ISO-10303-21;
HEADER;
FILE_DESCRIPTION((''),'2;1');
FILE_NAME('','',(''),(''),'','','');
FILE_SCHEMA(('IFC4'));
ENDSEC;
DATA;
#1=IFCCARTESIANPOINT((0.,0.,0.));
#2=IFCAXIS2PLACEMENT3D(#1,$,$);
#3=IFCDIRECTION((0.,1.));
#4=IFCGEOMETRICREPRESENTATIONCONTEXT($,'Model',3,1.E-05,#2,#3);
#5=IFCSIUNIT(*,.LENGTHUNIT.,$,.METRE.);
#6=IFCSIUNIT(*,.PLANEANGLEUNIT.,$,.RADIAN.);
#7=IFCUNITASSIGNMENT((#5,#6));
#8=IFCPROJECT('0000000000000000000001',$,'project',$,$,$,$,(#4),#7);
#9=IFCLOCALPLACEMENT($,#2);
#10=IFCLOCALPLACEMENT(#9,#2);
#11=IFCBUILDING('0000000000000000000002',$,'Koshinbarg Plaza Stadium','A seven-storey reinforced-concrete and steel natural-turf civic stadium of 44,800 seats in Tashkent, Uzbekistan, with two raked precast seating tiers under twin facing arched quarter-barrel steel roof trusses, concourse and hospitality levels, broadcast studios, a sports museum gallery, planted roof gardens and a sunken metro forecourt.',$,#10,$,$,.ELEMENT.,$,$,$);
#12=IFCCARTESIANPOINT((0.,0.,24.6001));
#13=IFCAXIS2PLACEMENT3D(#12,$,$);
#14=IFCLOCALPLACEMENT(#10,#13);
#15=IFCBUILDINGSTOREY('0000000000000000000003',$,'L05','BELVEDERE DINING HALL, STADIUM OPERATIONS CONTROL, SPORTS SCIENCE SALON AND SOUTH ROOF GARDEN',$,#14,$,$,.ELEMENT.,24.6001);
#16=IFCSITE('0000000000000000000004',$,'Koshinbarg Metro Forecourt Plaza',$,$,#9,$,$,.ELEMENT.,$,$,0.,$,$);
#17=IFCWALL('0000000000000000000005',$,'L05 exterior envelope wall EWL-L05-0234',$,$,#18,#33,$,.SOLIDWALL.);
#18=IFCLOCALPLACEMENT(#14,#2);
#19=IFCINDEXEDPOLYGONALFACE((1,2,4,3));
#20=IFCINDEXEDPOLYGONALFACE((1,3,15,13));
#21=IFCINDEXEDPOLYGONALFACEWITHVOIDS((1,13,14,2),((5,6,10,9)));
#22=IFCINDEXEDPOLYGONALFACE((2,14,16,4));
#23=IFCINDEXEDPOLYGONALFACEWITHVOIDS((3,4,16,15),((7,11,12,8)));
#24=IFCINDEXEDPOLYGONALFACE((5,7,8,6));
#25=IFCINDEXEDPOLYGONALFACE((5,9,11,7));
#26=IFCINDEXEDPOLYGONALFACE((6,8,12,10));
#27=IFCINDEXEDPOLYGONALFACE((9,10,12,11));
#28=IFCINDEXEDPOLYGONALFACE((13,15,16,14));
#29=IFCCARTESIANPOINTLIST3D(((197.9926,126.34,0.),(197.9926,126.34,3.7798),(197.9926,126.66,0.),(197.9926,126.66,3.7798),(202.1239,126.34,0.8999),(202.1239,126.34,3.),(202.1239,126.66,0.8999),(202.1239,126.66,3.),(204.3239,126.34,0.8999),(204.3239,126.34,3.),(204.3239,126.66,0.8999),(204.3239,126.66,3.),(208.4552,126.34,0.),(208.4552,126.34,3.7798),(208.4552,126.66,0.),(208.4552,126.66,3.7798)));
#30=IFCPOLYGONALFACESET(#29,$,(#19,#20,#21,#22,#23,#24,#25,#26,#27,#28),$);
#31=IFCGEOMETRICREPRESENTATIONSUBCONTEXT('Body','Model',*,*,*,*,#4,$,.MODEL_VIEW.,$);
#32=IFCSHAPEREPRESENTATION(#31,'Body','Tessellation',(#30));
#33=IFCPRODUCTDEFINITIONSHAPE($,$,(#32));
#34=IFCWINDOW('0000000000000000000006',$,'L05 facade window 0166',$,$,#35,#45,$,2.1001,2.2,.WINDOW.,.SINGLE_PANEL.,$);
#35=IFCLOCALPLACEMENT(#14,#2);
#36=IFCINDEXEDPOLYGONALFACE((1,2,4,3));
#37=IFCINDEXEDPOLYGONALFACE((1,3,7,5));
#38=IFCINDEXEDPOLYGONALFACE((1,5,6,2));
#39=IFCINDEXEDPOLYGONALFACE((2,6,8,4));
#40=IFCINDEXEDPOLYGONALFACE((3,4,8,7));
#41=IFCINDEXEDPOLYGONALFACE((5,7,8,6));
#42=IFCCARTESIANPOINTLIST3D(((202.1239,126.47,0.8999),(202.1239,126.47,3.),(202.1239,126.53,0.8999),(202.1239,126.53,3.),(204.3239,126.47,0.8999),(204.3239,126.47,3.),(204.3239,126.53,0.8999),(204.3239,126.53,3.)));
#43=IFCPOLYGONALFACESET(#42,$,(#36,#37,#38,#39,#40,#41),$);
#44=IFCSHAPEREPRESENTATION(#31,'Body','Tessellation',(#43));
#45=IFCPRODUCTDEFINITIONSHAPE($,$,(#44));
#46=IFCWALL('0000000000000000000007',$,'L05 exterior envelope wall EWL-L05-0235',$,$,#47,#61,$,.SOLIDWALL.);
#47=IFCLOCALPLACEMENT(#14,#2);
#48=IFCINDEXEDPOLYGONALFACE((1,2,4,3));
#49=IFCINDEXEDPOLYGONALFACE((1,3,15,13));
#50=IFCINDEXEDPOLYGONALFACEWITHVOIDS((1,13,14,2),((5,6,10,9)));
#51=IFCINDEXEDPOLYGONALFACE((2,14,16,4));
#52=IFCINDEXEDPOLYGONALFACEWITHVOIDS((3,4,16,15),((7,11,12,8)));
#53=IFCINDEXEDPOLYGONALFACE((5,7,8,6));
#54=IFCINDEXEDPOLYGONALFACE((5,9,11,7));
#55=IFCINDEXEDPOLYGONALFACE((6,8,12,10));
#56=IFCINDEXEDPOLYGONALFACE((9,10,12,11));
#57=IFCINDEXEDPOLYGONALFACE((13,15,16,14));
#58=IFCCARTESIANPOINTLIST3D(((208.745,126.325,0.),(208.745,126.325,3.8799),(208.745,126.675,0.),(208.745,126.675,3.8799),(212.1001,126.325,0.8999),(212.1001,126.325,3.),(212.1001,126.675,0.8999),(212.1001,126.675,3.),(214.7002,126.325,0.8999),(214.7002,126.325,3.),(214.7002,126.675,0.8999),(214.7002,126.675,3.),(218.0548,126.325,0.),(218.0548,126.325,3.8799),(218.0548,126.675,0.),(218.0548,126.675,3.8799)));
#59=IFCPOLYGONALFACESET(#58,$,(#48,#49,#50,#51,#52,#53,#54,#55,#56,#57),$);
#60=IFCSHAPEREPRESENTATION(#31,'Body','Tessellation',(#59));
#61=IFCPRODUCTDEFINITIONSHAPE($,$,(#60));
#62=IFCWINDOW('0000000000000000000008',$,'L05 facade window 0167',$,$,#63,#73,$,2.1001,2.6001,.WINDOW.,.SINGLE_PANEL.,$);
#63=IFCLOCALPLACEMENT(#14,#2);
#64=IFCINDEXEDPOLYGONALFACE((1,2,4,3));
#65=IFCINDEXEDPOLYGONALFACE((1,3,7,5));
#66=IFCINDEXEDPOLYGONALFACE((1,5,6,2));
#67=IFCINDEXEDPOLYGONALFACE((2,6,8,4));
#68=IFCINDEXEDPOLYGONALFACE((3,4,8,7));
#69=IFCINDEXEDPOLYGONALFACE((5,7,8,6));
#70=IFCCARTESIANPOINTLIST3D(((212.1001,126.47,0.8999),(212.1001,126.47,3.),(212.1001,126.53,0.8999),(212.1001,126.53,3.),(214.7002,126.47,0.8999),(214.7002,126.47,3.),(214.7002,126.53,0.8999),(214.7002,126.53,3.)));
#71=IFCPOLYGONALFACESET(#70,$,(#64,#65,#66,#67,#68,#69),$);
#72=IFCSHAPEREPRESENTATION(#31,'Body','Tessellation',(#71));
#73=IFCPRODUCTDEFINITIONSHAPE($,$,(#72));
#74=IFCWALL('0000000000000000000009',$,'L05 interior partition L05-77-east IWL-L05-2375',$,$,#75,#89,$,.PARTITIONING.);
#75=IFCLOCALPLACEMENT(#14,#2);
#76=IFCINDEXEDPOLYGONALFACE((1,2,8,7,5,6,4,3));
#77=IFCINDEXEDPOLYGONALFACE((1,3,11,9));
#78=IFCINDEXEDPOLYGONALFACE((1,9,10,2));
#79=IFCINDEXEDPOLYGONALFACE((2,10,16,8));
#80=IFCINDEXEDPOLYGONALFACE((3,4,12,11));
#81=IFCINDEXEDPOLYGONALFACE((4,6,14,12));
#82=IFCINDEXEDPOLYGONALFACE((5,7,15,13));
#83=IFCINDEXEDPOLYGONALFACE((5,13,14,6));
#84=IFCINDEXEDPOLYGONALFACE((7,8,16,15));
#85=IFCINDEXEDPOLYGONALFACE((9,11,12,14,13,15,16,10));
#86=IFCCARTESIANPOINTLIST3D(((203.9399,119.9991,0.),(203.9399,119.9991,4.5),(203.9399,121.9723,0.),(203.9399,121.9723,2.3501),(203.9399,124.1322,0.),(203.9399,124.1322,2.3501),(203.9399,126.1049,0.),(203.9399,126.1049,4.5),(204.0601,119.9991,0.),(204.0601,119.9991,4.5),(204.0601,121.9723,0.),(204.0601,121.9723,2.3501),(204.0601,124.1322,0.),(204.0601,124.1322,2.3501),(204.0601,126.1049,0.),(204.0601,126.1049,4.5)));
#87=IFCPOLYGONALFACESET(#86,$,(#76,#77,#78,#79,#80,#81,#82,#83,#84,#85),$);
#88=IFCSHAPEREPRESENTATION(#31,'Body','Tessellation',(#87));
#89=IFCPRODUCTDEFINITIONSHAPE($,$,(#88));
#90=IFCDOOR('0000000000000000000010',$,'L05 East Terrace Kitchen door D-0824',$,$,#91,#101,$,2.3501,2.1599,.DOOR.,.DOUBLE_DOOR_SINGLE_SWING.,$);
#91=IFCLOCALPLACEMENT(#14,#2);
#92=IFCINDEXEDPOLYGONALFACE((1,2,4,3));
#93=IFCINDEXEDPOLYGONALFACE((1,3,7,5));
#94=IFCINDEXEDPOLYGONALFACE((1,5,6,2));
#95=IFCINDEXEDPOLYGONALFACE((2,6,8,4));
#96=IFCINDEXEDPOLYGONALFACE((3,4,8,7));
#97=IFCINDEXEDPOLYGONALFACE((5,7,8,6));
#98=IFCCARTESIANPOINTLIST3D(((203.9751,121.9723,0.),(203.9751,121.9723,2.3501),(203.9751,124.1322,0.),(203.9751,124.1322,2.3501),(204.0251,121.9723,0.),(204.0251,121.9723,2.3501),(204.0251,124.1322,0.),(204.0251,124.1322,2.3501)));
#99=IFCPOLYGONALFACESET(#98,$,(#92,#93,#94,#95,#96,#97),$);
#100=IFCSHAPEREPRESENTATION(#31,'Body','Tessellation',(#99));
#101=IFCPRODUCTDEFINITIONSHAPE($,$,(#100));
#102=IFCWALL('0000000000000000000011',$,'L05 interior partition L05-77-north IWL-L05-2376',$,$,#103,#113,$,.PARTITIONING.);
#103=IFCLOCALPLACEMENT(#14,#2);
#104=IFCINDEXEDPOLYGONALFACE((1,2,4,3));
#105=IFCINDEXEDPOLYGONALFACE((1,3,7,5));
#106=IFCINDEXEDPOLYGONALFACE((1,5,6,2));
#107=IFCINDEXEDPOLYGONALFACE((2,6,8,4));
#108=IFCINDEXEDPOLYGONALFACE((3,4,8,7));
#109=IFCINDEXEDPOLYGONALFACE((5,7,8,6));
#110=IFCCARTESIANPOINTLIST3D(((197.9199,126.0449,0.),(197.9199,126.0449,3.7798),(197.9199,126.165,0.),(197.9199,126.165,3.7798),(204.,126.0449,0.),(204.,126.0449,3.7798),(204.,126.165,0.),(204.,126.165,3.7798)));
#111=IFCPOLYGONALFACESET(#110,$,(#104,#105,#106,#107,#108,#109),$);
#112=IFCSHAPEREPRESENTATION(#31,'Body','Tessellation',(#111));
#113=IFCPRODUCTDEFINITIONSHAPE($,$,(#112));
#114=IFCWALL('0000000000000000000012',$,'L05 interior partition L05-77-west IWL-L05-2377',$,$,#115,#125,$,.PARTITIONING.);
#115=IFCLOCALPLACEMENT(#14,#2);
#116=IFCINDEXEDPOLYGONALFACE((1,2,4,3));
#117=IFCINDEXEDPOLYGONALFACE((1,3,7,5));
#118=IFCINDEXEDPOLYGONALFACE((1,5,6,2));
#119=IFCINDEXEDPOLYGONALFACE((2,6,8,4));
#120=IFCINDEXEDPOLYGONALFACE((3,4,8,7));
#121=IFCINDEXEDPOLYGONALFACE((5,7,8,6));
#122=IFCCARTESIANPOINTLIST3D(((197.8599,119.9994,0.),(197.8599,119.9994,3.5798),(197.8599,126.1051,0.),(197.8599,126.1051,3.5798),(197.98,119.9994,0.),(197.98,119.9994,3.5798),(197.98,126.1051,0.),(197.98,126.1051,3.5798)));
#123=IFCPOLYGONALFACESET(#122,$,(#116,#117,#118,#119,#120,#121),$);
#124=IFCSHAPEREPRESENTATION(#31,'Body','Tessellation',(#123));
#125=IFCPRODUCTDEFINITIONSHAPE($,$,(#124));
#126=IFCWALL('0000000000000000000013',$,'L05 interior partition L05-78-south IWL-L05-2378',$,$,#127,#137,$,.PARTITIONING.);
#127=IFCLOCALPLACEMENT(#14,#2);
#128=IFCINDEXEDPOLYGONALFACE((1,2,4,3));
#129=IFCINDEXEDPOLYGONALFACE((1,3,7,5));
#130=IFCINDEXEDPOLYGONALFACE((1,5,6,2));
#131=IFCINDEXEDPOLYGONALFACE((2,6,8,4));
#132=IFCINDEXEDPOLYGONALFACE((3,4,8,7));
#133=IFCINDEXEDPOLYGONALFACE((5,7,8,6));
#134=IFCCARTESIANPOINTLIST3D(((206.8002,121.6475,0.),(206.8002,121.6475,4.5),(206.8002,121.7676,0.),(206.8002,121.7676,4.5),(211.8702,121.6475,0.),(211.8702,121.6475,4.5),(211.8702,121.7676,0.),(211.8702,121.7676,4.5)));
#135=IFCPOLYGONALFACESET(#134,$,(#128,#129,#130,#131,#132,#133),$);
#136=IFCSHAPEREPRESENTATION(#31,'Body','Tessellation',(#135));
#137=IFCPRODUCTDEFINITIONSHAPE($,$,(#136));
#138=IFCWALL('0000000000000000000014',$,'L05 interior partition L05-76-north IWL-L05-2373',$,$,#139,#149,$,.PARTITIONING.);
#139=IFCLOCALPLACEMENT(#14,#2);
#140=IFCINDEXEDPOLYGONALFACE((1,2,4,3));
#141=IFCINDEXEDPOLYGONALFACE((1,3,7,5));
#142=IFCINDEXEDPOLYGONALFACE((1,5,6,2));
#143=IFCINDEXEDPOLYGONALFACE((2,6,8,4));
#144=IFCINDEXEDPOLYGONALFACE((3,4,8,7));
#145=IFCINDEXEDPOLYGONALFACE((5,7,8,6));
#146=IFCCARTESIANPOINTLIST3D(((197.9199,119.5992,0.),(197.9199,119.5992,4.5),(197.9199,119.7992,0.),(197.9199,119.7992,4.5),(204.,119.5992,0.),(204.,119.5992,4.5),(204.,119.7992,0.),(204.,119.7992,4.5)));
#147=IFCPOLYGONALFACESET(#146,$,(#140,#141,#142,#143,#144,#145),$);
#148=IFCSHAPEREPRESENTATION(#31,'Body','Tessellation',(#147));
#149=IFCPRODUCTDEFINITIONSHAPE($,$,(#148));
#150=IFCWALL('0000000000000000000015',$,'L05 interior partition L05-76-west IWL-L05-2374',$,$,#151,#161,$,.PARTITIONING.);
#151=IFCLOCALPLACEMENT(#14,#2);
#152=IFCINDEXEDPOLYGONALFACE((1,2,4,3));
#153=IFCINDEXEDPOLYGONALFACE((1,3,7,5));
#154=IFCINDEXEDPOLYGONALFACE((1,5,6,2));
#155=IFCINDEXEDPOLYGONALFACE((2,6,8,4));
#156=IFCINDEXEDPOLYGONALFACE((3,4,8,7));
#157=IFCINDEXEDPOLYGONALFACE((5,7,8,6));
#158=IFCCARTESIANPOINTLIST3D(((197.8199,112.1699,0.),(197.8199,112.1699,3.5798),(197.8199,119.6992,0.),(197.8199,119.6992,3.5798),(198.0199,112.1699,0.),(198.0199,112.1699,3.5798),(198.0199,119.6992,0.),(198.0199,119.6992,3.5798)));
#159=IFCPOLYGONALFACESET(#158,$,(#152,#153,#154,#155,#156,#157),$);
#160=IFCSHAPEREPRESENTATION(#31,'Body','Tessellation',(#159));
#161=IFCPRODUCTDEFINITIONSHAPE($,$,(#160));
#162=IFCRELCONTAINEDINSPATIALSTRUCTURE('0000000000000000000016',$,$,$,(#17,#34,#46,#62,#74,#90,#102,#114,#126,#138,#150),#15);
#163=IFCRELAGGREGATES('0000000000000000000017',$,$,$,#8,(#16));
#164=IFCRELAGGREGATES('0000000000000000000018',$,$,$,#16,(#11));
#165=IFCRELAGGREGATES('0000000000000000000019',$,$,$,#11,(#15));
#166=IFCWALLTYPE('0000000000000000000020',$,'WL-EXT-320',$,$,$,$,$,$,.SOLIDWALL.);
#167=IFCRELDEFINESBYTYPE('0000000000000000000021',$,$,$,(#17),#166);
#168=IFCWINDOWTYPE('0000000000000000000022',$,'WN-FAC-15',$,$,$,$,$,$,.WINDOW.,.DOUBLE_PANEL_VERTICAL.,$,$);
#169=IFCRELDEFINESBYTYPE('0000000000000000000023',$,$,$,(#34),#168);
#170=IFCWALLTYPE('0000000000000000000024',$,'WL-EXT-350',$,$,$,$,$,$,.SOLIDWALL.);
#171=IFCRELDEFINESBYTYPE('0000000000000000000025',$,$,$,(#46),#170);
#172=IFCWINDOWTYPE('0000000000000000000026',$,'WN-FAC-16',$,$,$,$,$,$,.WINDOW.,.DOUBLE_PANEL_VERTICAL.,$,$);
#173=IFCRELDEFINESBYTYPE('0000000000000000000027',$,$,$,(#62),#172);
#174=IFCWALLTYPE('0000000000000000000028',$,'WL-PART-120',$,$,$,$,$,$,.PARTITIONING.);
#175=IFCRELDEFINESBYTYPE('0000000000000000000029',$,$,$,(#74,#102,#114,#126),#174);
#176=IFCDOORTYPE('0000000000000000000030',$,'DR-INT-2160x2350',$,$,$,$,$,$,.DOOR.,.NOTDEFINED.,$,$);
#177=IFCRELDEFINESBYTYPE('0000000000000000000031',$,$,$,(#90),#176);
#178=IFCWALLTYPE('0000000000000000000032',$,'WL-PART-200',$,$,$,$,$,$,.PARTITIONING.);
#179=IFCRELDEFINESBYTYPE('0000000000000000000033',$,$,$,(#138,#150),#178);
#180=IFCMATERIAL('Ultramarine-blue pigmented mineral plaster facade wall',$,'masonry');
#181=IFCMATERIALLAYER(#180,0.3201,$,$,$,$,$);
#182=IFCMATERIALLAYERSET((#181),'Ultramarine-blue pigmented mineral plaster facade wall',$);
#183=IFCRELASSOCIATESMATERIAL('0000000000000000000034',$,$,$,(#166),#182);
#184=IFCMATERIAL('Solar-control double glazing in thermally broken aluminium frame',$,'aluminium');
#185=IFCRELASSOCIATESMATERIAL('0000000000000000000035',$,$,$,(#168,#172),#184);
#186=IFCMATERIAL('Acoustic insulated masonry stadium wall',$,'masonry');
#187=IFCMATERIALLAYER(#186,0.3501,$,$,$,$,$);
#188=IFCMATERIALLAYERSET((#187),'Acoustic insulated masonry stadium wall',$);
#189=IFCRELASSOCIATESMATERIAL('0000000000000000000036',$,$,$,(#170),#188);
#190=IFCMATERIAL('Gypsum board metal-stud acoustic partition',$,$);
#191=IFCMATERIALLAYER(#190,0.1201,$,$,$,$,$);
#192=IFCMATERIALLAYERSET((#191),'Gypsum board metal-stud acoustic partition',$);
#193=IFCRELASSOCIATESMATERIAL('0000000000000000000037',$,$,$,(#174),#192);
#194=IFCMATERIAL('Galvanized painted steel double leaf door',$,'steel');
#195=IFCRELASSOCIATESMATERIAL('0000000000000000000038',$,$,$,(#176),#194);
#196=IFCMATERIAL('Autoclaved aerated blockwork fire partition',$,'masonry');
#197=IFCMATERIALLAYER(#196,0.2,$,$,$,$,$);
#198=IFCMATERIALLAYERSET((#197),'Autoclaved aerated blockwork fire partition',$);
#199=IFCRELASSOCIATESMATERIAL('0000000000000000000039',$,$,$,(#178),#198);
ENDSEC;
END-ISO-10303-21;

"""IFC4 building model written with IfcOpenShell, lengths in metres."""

from ifc_helpers import new_model, si_unit, direction, frame, frame_2d, origin, place, context, subcontext, project, spatial, rectangle, extrude, material, layer, layer_set, type_object, element, fill, save


model = new_model("IFC4")

# Units and contexts
model_context = context("Model", 3, precision=1e-05, world=origin(), true_north=direction((0.0, 1.0)))
body_context = subcontext(model_context, "Body", "Model", "MODEL_VIEW")
ifc_project = project(units=[si_unit("LENGTHUNIT", "METRE"), si_unit("PLANEANGLEUNIT", "RADIAN")], contexts=[model_context])

# Site, building, storey
site_placement = place(None, origin())
site = spatial("IfcSite", under=ifc_project, at=site_placement, Name="Koshinbarg Metro Forecourt Plaza", CompositionType="ELEMENT", RefElevation=0.0)
building_placement = place(site_placement, origin())
building = spatial("IfcBuilding", under=site, at=building_placement, Name="Koshinbarg Plaza Stadium", Description="A seven-storey reinforced-concrete and steel natural-turf civic stadium of 44,800 seats in Tashkent, Uzbekistan, with two raked precast seating tiers under twin facing arched quarter-barrel steel roof trusses, concourse and hospitality levels, broadcast studios, a sports museum gallery, planted roof gardens and a sunken metro forecourt.", CompositionType="ELEMENT")
storey_placement = place(building_placement, frame((0.0, 0.0, 24.6001)))
storey = spatial("IfcBuildingStorey", under=building, at=storey_placement, Name="L05", Description="BELVEDERE DINING HALL, STADIUM OPERATIONS CONTROL, SPORTS SCIENCE SALON AND SOUTH ROOF GARDEN", CompositionType="ELEMENT", Elevation=24.6001)

# Walls, openings, windows
ifc_material_1 = material(Name="Ultramarine-blue pigmented mineral plaster facade wall", Category="masonry")
ifc_layer_1 = layer(ifc_material_1, 0.3201)
ifc_layer_set_1 = layer_set([ifc_layer_1], Name="Ultramarine-blue pigmented mineral plaster facade wall")
wall_type_1 = type_object("IfcWallType", Name="WL-EXT-320", PredefinedType="SOLIDWALL", material=ifc_layer_set_1)
wall_1_placement = place(storey_placement, frame((197.9924, 126.5, 0.0), z_axis=(0.0, 0.0, 1.0), x_axis=(1.0, 0.0, 0.0)))
wall_1 = element("IfcWall", 1, at=wall_1_placement, inside=storey, type_object=wall_type_1, Name="L05 exterior envelope wall EWL-L05-0234", PredefinedType="SOLIDWALL", context=body_context, shape_type="SweptSolid", body=[
    extrude(rectangle(XDim=10.4626, YDim=0.3201, at=frame_2d((5.2314, 0.0))), origin(), (0.0, 0.0, 1.0), 3.7798),
])
opening_1_placement = place(wall_1_placement, frame((4.1313, 0.0, 0.8999)))
opening_1 = element("IfcOpeningElement", 2, at=opening_1_placement, cuts=wall_1, PredefinedType="OPENING", context=body_context, shape_type="SweptSolid", body=[
    extrude(rectangle(XDim=2.2, YDim=2.1001, at=frame_2d((1.1001, 1.05))), frame((0.0, 0.1699, 0.0), z_axis=(0.0, -1.0, 0.0), x_axis=(1.0, 0.0, 0.0)), (0.0, 0.0, 1.0), 0.3401),
])
ifc_material_2 = material(Name="Solar-control double glazing in thermally broken aluminium frame", Category="aluminium")
window_type_1 = type_object("IfcWindowType", Name="WN-FAC-15", PartitioningType="DOUBLE_PANEL_VERTICAL", PredefinedType="WINDOW", material=ifc_material_2)
window_1_placement = place(opening_1_placement, origin())
window_1 = element("IfcWindow", 3, at=window_1_placement, inside=storey, type_object=window_type_1, Name="L05 facade window 0166", OverallHeight=2.1001, OverallWidth=2.2, PartitioningType="SINGLE_PANEL", PredefinedType="WINDOW", context=body_context, shape_type="SweptSolid", body=[
    extrude(rectangle(XDim=2.2, YDim=2.1001, at=frame_2d((1.1001, 1.05))), frame((0.0, 0.03, 0.0), z_axis=(0.0, -1.0, 0.0), x_axis=(1.0, 0.0, 0.0)), (0.0, 0.0, 1.0), 0.0601),
])
fill(opening_1, window_1)
ifc_material_3 = material(Name="Acoustic insulated masonry stadium wall", Category="masonry")
ifc_layer_2 = layer(ifc_material_3, 0.3501)
ifc_layer_set_2 = layer_set([ifc_layer_2], Name="Acoustic insulated masonry stadium wall")
wall_type_2 = type_object("IfcWallType", Name="WL-EXT-350", PredefinedType="SOLIDWALL", material=ifc_layer_set_2)
wall_2_placement = place(storey_placement, frame((208.7451, 126.5, 0.0), z_axis=(0.0, 0.0, 1.0), x_axis=(1.0, 0.0, 0.0)))
wall_2 = element("IfcWall", 4, at=wall_2_placement, inside=storey, type_object=wall_type_2, Name="L05 exterior envelope wall EWL-L05-0235", PredefinedType="SOLIDWALL", context=body_context, shape_type="SweptSolid", body=[
    extrude(rectangle(XDim=9.3098, YDim=0.3501, at=frame_2d((4.6548, 0.0))), origin(), (0.0, 0.0, 1.0), 3.8799),
])
opening_2_placement = place(wall_2_placement, frame((3.355, 0.0, 0.8999)))
opening_2 = element("IfcOpeningElement", 5, at=opening_2_placement, cuts=wall_2, PredefinedType="OPENING", context=body_context, shape_type="SweptSolid", body=[
    extrude(rectangle(XDim=2.6001, YDim=2.1001, at=frame_2d((1.3, 1.05))), frame((0.0, 0.1851, 0.0), z_axis=(0.0, -1.0, 0.0), x_axis=(1.0, 0.0, 0.0)), (0.0, 0.0, 1.0), 0.3701),
])
window_type_2 = type_object("IfcWindowType", Name="WN-FAC-16", PartitioningType="DOUBLE_PANEL_VERTICAL", PredefinedType="WINDOW", material=ifc_material_2)
window_2_placement = place(opening_2_placement, origin())
window_2 = element("IfcWindow", 6, at=window_2_placement, inside=storey, type_object=window_type_2, Name="L05 facade window 0167", OverallHeight=2.1001, OverallWidth=2.6001, PartitioningType="SINGLE_PANEL", PredefinedType="WINDOW", context=body_context, shape_type="SweptSolid", body=[
    extrude(rectangle(XDim=2.6001, YDim=2.1001, at=frame_2d((1.3, 1.05))), frame((0.0, 0.03, 0.0), z_axis=(0.0, -1.0, 0.0), x_axis=(1.0, 0.0, 0.0)), (0.0, 0.0, 1.0), 0.0601),
])
fill(opening_2, window_2)

# Wall, opening, door
ifc_material_4 = material(Name="Gypsum board metal-stud acoustic partition")
ifc_layer_3 = layer(ifc_material_4, 0.1201)
ifc_layer_set_3 = layer_set([ifc_layer_3], Name="Gypsum board metal-stud acoustic partition")
wall_type_3 = type_object("IfcWallType", Name="WL-PART-120", PredefinedType="PARTITIONING", material=ifc_layer_set_3)
wall_3_placement = place(storey_placement, frame((204.0, 119.9993, 0.0), z_axis=(0.0, 0.0, 1.0), x_axis=(0.0, 1.0, 0.0)))
wall_3 = element("IfcWall", 7, at=wall_3_placement, inside=storey, type_object=wall_type_3, Name="L05 interior partition L05-77-east IWL-L05-2375", PredefinedType="PARTITIONING", context=body_context, shape_type="SweptSolid", body=[
    extrude(rectangle(XDim=6.1057, YDim=0.1201, at=frame_2d((3.0527, 0.0))), origin(), (0.0, 0.0, 1.0), 4.5),
])
opening_3_placement = place(wall_3_placement, frame((1.9729, 0.0, 0.0)))
opening_3 = element("IfcOpeningElement", 8, at=opening_3_placement, cuts=wall_3, PredefinedType="OPENING", context=body_context, shape_type="SweptSolid", body=[
    extrude(rectangle(XDim=2.1599, YDim=2.3501, at=frame_2d((1.0801, 1.175))), frame((0.0, 0.0701, 0.0), z_axis=(0.0, -1.0, 0.0), x_axis=(1.0, 0.0, 0.0)), (0.0, 0.0, 1.0), 0.1401),
])
ifc_material_5 = material(Name="Galvanized painted steel double leaf door", Category="steel")
door_type_1 = type_object("IfcDoorType", Name="DR-INT-2160x2350", OperationType="NOTDEFINED", PredefinedType="DOOR", material=ifc_material_5)
door_1_placement = place(opening_3_placement, origin())
door_1 = element("IfcDoor", 9, at=door_1_placement, inside=storey, type_object=door_type_1, Name="L05 East Terrace Kitchen door D-0824", OperationType="DOUBLE_DOOR_SINGLE_SWING", OverallHeight=2.3501, OverallWidth=2.1599, PredefinedType="DOOR", context=body_context, shape_type="SweptSolid", body=[
    extrude(rectangle(XDim=2.1599, YDim=2.3501, at=frame_2d((1.0801, 1.175))), frame((0.0, 0.0249, 0.0), z_axis=(0.0, -1.0, 0.0), x_axis=(1.0, 0.0, 0.0)), (0.0, 0.0, 1.0), 0.05),
])
fill(opening_3, door_1)

# Walls
wall_4_placement = place(storey_placement, frame((204.0, 126.105, 0.0), z_axis=(0.0, 0.0, 1.0), x_axis=(-1.0, 0.0, 0.0)))
element("IfcWall", 10, at=wall_4_placement, inside=storey, type_object=wall_type_3, Name="L05 interior partition L05-77-north IWL-L05-2376", PredefinedType="PARTITIONING", context=body_context, shape_type="SweptSolid", body=[
    extrude(rectangle(XDim=6.0801, YDim=0.1201, at=frame_2d((3.04, 0.0))), origin(), (0.0, 0.0, 1.0), 3.7798),
])
wall_5_placement = place(storey_placement, frame((197.9199, 126.105, 0.0), z_axis=(0.0, 0.0, 1.0), x_axis=(0.0, -1.0, 0.0)))
element("IfcWall", 11, at=wall_5_placement, inside=storey, type_object=wall_type_3, Name="L05 interior partition L05-77-west IWL-L05-2377", PredefinedType="PARTITIONING", context=body_context, shape_type="SweptSolid", body=[
    extrude(rectangle(XDim=6.1057, YDim=0.1201, at=frame_2d((3.0527, 0.0))), origin(), (0.0, 0.0, 1.0), 3.5798),
])
wall_6_placement = place(storey_placement, frame((206.8, 121.7075, 0.0), z_axis=(0.0, 0.0, 1.0), x_axis=(1.0, 0.0, 0.0)))
element("IfcWall", 12, at=wall_6_placement, inside=storey, type_object=wall_type_3, Name="L05 interior partition L05-78-south IWL-L05-2378", PredefinedType="PARTITIONING", context=body_context, shape_type="SweptSolid", body=[
    extrude(rectangle(XDim=5.0701, YDim=0.1201, at=frame_2d((2.5352, 0.0))), origin(), (0.0, 0.0, 1.0), 4.5),
])

# Walls
ifc_material_6 = material(Name="Autoclaved aerated blockwork fire partition", Category="masonry")
ifc_layer_4 = layer(ifc_material_6, 0.2)
ifc_layer_set_4 = layer_set([ifc_layer_4], Name="Autoclaved aerated blockwork fire partition")
wall_type_4 = type_object("IfcWallType", Name="WL-PART-200", PredefinedType="PARTITIONING", material=ifc_layer_set_4)
wall_7_placement = place(storey_placement, frame((204.0, 119.6992, 0.0), z_axis=(0.0, 0.0, 1.0), x_axis=(-1.0, 0.0, 0.0)))
element("IfcWall", 13, at=wall_7_placement, inside=storey, type_object=wall_type_4, Name="L05 interior partition L05-76-north IWL-L05-2373", PredefinedType="PARTITIONING", context=body_context, shape_type="SweptSolid", body=[
    extrude(rectangle(XDim=6.0801, YDim=0.2, at=frame_2d((3.04, 0.0))), origin(), (0.0, 0.0, 1.0), 4.5),
])
wall_8_placement = place(storey_placement, frame((197.9199, 119.6992, 0.0), z_axis=(0.0, 0.0, 1.0), x_axis=(0.0, -1.0, 0.0)))
element("IfcWall", 14, at=wall_8_placement, inside=storey, type_object=wall_type_4, Name="L05 interior partition L05-76-west IWL-L05-2374", PredefinedType="PARTITIONING", context=body_context, shape_type="SweptSolid", body=[
    extrude(rectangle(XDim=7.5293, YDim=0.2, at=frame_2d((3.7646, 0.0))), origin(), (0.0, 0.0, 1.0), 3.5798),
])

save(model, "model.ifc")
